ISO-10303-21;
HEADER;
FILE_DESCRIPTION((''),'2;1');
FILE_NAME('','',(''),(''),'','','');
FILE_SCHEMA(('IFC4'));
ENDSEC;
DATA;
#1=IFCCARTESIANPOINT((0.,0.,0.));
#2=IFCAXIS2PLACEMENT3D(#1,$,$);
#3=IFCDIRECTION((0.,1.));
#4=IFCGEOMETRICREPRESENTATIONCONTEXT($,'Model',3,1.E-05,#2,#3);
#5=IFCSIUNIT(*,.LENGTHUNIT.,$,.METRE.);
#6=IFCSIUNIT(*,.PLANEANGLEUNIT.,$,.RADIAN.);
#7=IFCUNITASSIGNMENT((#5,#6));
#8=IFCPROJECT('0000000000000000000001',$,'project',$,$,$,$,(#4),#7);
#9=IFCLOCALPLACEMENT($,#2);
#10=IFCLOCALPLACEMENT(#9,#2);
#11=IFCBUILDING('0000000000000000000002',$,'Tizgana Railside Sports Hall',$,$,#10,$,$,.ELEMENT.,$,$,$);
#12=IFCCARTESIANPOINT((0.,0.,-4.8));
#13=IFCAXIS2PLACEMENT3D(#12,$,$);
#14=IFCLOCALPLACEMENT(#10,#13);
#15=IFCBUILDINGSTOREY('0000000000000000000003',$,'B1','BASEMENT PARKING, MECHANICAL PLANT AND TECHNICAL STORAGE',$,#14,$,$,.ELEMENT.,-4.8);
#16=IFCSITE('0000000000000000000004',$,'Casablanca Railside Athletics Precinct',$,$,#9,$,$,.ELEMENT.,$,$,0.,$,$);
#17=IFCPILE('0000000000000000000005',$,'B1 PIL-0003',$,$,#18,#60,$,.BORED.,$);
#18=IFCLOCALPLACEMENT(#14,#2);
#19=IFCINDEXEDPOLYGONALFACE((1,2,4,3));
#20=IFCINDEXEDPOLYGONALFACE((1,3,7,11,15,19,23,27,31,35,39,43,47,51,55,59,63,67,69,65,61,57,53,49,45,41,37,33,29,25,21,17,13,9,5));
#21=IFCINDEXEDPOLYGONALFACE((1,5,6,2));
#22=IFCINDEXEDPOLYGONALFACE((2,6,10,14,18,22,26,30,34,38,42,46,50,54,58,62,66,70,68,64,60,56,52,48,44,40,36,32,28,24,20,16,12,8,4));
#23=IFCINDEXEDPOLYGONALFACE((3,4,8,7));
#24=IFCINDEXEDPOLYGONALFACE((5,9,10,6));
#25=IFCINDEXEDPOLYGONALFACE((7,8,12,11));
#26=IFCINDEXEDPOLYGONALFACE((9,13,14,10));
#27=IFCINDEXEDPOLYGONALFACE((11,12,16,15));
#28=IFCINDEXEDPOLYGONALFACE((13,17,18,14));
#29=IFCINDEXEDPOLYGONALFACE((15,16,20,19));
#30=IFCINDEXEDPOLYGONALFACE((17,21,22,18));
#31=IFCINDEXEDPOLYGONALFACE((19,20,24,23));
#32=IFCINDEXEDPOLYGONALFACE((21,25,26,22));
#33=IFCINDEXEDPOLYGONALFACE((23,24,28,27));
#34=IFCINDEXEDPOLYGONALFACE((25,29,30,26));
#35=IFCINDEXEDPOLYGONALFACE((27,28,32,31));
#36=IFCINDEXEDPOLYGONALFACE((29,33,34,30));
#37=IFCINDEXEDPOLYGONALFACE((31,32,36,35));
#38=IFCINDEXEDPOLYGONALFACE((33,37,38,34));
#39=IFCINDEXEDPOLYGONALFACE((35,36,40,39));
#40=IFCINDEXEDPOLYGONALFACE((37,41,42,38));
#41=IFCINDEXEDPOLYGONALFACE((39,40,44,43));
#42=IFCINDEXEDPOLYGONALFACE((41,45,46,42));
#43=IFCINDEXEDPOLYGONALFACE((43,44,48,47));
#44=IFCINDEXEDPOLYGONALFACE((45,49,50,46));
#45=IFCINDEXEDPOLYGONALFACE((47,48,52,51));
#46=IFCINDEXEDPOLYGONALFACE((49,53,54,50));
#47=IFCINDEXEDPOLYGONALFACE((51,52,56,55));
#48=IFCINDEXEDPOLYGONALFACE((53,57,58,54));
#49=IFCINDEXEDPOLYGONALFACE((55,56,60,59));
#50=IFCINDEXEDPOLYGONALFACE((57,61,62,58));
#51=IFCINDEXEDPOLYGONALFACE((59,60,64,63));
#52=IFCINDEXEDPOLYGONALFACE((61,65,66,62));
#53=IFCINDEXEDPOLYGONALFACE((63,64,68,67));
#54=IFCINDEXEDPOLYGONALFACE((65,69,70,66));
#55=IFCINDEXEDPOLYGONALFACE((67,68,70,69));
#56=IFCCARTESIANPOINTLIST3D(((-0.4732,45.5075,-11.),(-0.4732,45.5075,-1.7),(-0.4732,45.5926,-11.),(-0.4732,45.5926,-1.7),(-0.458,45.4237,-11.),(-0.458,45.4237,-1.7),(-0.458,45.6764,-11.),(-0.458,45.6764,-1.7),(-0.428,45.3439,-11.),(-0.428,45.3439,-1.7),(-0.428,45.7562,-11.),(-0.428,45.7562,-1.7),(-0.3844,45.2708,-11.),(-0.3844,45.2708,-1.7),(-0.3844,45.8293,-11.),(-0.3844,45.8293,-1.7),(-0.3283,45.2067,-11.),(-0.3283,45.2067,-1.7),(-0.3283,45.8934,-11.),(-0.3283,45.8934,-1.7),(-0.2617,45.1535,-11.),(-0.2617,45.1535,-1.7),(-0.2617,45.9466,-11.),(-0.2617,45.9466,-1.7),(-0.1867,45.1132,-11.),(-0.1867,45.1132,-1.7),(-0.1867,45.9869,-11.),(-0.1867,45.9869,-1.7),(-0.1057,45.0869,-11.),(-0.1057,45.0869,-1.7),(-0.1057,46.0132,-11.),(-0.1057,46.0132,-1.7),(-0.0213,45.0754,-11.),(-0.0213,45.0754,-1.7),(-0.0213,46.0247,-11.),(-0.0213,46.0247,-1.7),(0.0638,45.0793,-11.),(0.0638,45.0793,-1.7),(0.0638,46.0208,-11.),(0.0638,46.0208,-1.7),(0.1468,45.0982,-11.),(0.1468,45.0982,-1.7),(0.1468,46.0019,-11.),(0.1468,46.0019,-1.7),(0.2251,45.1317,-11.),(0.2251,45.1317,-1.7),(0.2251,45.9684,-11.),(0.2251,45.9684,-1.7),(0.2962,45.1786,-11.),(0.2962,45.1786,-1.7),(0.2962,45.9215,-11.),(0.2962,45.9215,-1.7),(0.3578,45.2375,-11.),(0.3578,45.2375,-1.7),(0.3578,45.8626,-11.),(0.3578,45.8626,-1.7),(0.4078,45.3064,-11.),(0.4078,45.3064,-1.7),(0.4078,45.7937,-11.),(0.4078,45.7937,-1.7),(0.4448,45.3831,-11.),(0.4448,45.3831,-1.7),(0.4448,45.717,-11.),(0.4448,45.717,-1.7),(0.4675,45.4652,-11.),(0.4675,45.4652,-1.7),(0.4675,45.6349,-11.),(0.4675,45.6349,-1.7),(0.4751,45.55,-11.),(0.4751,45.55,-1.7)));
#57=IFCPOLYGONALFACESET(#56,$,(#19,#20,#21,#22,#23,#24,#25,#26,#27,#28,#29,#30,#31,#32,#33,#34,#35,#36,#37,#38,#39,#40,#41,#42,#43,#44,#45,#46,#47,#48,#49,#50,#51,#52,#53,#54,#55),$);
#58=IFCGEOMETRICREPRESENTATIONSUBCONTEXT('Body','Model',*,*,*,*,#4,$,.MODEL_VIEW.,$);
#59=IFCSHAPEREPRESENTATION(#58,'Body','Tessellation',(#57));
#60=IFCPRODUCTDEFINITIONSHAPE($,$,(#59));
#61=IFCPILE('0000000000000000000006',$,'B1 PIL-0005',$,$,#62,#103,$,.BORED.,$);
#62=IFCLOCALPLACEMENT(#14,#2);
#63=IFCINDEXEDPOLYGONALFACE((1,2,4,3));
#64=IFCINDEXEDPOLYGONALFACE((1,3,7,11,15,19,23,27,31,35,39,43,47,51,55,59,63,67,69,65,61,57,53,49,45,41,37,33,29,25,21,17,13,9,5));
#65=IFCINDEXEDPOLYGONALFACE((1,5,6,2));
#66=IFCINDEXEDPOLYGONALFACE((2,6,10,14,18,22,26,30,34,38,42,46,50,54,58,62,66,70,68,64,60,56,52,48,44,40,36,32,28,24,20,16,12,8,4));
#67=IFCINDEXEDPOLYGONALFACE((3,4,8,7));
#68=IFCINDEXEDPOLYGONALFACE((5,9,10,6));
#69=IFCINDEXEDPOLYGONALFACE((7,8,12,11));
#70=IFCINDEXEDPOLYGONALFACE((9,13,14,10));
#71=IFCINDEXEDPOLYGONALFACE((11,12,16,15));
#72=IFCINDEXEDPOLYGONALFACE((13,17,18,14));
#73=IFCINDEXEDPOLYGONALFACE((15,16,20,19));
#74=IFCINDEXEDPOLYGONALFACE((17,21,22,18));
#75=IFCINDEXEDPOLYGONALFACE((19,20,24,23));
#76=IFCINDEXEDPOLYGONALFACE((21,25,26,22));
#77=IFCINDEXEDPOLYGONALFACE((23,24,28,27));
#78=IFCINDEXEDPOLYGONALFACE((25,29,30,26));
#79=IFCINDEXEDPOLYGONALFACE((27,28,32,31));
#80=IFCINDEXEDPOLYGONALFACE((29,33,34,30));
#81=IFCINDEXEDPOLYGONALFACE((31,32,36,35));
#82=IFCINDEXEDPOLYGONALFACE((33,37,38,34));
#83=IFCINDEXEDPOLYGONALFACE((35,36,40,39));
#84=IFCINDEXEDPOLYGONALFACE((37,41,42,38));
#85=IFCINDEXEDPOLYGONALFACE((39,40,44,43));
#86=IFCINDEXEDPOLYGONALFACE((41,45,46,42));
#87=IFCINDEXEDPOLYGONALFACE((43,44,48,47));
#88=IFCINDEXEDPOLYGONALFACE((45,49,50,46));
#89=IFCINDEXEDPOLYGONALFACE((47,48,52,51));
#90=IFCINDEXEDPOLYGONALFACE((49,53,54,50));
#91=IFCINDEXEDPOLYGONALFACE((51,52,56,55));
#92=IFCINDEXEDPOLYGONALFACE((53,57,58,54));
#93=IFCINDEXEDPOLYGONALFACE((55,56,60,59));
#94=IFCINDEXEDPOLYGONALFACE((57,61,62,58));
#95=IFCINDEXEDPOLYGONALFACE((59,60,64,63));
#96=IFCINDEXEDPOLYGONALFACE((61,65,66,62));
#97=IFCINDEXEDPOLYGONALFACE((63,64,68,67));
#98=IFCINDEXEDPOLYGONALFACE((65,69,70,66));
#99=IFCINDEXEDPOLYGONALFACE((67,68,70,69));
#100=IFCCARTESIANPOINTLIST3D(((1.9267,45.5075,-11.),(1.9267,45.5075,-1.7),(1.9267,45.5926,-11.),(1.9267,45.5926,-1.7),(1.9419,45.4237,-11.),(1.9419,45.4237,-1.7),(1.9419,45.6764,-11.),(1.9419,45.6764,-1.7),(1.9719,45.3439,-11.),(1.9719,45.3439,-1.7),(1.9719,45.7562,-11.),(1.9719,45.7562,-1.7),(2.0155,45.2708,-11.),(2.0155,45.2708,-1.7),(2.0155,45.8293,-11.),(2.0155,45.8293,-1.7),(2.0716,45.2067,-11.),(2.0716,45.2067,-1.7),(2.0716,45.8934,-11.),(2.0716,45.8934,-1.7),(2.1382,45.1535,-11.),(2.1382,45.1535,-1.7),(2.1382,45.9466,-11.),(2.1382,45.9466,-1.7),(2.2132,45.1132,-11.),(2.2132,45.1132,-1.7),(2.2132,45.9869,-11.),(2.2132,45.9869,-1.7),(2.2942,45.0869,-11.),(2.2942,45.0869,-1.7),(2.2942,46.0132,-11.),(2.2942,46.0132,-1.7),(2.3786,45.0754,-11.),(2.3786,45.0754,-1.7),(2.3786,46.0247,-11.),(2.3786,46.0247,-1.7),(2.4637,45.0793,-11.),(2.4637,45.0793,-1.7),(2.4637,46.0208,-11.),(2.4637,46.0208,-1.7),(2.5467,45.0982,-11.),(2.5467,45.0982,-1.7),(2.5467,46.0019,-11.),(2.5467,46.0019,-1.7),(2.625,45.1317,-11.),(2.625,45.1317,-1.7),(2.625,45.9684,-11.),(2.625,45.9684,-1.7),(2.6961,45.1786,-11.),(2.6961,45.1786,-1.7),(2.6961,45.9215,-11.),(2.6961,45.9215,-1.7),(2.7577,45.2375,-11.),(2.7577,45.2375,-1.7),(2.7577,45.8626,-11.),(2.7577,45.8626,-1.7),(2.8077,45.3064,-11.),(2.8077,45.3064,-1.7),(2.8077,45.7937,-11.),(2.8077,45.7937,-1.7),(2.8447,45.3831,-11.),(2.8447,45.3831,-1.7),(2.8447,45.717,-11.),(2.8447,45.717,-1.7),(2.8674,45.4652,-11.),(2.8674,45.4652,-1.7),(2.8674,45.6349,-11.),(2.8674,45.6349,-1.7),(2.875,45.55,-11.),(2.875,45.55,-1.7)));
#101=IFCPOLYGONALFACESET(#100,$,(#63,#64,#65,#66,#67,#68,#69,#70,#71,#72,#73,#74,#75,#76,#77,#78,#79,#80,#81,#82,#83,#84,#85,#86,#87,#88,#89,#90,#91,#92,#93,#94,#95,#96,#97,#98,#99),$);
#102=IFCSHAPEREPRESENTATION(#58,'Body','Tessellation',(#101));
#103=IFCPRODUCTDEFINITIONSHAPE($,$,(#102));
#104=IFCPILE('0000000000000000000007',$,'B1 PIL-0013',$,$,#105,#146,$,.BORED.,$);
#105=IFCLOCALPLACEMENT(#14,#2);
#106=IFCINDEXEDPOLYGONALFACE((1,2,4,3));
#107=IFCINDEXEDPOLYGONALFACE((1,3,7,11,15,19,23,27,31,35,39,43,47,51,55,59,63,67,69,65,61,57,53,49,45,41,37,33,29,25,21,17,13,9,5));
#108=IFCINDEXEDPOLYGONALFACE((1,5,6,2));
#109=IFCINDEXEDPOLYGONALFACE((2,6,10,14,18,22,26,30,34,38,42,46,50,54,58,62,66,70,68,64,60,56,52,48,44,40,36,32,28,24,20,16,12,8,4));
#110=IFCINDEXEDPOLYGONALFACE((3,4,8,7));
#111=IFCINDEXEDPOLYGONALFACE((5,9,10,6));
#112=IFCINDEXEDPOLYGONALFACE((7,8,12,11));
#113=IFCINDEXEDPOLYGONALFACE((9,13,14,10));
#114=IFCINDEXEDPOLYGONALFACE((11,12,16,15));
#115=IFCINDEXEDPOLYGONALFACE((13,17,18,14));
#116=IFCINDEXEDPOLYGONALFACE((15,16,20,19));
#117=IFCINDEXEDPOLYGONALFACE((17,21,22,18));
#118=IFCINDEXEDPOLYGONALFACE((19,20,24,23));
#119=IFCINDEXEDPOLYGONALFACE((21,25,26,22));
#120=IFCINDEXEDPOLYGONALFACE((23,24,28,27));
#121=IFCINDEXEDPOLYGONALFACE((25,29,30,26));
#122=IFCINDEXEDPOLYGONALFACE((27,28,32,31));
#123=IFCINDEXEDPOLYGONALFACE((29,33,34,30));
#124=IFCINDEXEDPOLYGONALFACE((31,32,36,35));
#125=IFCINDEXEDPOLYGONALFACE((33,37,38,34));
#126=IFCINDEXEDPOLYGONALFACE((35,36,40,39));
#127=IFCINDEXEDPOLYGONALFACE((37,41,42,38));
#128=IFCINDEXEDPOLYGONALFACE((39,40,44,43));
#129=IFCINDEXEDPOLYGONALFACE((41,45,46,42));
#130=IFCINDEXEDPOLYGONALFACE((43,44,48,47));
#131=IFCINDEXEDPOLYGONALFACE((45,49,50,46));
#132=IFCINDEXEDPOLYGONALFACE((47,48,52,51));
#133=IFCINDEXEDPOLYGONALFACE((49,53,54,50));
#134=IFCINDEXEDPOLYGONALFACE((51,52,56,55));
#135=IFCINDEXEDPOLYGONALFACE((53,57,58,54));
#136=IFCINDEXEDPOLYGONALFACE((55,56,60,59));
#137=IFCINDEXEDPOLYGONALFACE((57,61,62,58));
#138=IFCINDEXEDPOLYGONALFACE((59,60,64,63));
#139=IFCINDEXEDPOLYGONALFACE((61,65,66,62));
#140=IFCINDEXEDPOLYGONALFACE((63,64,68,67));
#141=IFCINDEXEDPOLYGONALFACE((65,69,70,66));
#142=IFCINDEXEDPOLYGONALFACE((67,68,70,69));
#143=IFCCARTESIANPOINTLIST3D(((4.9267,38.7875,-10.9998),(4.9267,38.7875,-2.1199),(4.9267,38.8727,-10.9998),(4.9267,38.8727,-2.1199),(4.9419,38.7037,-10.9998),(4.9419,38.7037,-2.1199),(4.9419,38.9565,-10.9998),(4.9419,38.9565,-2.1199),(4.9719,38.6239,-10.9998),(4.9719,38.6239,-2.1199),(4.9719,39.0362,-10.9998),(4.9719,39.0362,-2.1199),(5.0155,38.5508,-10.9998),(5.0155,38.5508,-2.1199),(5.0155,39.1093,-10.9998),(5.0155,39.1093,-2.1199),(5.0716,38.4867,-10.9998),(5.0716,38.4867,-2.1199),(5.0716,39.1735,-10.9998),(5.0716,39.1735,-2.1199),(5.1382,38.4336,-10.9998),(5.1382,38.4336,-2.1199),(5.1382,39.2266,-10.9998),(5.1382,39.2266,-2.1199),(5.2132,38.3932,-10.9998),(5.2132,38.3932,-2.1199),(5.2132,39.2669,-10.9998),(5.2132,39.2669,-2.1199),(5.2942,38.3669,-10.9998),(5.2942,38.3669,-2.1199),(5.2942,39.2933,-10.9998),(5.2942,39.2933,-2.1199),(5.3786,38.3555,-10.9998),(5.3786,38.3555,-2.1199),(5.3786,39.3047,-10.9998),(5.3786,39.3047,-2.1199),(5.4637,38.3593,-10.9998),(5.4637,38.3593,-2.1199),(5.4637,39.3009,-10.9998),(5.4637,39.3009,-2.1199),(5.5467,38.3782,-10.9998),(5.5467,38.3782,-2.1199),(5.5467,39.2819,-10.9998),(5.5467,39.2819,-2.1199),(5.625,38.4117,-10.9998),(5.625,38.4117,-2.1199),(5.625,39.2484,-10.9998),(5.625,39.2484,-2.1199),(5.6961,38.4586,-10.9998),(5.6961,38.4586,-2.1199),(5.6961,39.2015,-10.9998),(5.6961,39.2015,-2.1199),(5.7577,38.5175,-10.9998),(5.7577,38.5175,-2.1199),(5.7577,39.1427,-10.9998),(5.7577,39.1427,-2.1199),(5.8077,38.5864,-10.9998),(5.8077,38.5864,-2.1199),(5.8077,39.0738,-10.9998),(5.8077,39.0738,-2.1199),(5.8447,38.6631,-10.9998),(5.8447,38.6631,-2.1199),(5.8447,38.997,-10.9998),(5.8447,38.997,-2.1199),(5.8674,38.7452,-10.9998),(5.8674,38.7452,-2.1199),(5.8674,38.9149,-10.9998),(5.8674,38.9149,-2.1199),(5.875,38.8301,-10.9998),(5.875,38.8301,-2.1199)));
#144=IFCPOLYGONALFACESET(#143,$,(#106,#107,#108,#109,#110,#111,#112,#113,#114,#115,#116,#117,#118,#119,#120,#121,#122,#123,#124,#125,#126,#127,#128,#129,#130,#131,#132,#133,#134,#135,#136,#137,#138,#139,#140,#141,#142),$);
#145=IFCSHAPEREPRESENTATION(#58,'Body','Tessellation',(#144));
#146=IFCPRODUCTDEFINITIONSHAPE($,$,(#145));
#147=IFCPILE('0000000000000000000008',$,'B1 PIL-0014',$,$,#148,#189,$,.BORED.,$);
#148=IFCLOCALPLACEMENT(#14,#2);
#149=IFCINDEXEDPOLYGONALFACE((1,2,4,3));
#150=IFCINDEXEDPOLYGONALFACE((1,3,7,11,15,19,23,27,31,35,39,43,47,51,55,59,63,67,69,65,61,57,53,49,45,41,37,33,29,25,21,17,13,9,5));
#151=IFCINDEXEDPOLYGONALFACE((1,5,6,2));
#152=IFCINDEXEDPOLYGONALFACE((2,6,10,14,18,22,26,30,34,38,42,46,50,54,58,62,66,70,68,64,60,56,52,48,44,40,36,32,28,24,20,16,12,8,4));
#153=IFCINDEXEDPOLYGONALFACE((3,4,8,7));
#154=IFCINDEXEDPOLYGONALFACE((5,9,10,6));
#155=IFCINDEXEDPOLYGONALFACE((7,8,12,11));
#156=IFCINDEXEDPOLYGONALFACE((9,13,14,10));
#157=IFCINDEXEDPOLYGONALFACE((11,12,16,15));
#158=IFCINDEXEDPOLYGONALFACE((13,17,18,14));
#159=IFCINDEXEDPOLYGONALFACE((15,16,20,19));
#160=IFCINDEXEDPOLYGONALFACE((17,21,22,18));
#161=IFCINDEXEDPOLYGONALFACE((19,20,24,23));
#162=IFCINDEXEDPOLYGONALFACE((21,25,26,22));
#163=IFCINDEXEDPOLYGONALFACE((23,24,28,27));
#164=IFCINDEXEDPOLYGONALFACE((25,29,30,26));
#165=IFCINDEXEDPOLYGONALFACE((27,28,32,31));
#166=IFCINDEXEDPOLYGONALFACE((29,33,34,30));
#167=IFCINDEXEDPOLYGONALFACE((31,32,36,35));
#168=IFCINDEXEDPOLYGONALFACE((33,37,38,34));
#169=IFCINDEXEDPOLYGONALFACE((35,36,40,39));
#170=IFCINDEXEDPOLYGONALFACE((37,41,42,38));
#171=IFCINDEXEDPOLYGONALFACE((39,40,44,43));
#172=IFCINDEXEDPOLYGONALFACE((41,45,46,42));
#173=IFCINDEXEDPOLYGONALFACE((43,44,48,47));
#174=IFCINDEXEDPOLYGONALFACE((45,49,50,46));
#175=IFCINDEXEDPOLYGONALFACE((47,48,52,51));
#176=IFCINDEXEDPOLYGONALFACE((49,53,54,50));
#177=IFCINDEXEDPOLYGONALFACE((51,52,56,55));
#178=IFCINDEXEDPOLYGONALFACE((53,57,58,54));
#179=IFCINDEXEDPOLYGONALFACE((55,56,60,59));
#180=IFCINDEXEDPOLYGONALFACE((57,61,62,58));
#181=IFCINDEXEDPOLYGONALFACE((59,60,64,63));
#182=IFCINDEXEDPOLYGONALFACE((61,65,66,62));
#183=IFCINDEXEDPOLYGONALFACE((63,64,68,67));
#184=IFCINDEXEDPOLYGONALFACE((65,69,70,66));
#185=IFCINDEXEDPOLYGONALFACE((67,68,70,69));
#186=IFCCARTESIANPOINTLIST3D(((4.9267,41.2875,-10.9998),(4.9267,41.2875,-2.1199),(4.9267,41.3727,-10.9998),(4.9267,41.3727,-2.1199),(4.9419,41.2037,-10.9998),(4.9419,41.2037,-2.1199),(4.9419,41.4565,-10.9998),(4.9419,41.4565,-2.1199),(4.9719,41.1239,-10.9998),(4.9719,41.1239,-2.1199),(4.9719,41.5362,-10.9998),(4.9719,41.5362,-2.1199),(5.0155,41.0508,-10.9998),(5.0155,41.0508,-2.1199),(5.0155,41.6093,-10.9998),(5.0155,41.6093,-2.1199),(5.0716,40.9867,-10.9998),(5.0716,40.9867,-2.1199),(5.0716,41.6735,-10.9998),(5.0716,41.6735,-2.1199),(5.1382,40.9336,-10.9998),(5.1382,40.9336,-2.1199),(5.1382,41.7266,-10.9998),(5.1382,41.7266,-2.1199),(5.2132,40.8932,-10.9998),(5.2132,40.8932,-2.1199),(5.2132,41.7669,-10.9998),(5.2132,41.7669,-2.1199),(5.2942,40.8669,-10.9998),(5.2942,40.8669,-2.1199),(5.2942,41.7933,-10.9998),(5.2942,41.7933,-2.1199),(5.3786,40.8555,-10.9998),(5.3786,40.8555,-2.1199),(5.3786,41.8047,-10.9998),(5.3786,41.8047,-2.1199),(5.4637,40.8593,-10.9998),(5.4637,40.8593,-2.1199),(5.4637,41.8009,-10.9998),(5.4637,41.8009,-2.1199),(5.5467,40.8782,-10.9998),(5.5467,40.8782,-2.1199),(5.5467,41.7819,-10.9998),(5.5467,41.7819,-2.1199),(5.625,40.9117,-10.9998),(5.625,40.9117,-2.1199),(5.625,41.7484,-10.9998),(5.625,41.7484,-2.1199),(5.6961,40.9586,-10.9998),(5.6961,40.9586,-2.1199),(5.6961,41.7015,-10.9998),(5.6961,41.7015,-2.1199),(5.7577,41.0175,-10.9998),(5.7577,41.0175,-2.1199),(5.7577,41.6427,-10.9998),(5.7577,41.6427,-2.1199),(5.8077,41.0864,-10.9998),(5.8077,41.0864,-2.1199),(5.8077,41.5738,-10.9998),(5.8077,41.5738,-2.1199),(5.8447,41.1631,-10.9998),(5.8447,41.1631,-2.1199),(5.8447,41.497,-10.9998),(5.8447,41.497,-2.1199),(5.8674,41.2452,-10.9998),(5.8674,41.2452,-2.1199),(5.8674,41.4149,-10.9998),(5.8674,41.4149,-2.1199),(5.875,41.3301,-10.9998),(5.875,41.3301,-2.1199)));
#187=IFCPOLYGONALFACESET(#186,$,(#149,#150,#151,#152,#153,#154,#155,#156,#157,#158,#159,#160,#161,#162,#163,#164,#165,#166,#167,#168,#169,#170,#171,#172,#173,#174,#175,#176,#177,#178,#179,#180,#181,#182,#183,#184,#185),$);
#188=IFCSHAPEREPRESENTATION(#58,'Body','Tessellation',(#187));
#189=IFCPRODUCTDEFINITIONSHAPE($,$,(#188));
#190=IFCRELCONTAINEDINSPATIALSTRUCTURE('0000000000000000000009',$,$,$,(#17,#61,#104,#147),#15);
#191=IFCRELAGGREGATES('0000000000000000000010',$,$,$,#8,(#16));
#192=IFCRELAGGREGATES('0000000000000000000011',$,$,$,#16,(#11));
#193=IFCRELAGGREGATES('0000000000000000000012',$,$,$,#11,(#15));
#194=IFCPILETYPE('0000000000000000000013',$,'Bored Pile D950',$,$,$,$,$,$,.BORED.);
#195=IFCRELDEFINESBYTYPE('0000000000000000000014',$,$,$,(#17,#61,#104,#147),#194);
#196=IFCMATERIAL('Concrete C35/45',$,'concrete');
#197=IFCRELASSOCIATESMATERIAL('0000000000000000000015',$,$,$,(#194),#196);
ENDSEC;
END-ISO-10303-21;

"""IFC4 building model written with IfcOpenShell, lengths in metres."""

from ifc_helpers import new_model, si_unit, direction, frame, origin, origin_2d, place, context, subcontext, project, spatial, circle, extrude, material, material_profile, profile_set, type_object, element, save


model = new_model("IFC4")

# Units and contexts
model_context = context("Model", 3, precision=1e-05, world=origin(), true_north=direction((0.0, 1.0)))
body_context = subcontext(model_context, "Body", "Model", "MODEL_VIEW")
ifc_project = project(units=[si_unit("LENGTHUNIT", "METRE"), si_unit("PLANEANGLEUNIT", "RADIAN")], contexts=[model_context])

# Site, building, storey
site_placement = place(None, origin())
site = spatial("IfcSite", under=ifc_project, at=site_placement, Name="Casablanca Railside Athletics Precinct", CompositionType="ELEMENT", RefElevation=0.0)
building_placement = place(site_placement, origin())
building = spatial("IfcBuilding", under=site, at=building_placement, Name="Tizgana Railside Sports Hall", CompositionType="ELEMENT")
storey_placement = place(building_placement, frame((0.0, 0.0, -4.8)))
storey = spatial("IfcBuildingStorey", under=building, at=storey_placement, Name="B1", Description="BASEMENT PARKING, MECHANICAL PLANT AND TECHNICAL STORAGE", CompositionType="ELEMENT", Elevation=-4.8)

# Piles
ifc_material_1 = material(Name="Concrete C35/45", Category="concrete")
ifc_material_profile_1 = material_profile(ifc_material_1, circle(Radius=0.4751, at=origin_2d()), Name="PILE D950")
ifc_profile_set_1 = profile_set([ifc_material_profile_1], Name="Concrete C35/45")
pile_type_1 = type_object("IfcPileType", Name="Bored Pile D950", PredefinedType="BORED", material=ifc_profile_set_1)
for number, where, z_axis, x_axis, name in (
    (1, (0.0, 45.55, -1.7), (0.0, 0.0, -1.0), (1.0, 0.0, 0.0), "B1 PIL-0003"),
    (2, (2.3999, 45.55, -1.7), (0.0, 0.0, -1.0), (1.0, 0.0, 0.0), "B1 PIL-0005"),
):
    element("IfcPile", number, at=place(storey_placement, frame(where, z_axis=z_axis, x_axis=x_axis)), inside=storey, type_object=pile_type_1, Name=name, PredefinedType="BORED", context=body_context, shape_type="SweptSolid", body=[
        extrude(circle(Radius=0.4751, at=origin_2d()), origin(), (0.0, 0.0, 1.0), 9.3),
    ])
for number, where, z_axis, x_axis, name in (
    (3, (5.3999, 38.8301, -2.1199), (0.0, 0.0, -1.0), (1.0, 0.0, 0.0), "B1 PIL-0013"),
    (4, (5.3999, 41.3301, -2.1199), (0.0, 0.0, -1.0), (1.0, 0.0, 0.0), "B1 PIL-0014"),
):
    element("IfcPile", number, at=place(storey_placement, frame(where, z_axis=z_axis, x_axis=x_axis)), inside=storey, type_object=pile_type_1, Name=name, PredefinedType="BORED", context=body_context, shape_type="SweptSolid", body=[
        extrude(circle(Radius=0.4751, at=origin_2d()), origin(), (0.0, 0.0, 1.0), 8.8799),
    ])

save(model, "model.ifc")
